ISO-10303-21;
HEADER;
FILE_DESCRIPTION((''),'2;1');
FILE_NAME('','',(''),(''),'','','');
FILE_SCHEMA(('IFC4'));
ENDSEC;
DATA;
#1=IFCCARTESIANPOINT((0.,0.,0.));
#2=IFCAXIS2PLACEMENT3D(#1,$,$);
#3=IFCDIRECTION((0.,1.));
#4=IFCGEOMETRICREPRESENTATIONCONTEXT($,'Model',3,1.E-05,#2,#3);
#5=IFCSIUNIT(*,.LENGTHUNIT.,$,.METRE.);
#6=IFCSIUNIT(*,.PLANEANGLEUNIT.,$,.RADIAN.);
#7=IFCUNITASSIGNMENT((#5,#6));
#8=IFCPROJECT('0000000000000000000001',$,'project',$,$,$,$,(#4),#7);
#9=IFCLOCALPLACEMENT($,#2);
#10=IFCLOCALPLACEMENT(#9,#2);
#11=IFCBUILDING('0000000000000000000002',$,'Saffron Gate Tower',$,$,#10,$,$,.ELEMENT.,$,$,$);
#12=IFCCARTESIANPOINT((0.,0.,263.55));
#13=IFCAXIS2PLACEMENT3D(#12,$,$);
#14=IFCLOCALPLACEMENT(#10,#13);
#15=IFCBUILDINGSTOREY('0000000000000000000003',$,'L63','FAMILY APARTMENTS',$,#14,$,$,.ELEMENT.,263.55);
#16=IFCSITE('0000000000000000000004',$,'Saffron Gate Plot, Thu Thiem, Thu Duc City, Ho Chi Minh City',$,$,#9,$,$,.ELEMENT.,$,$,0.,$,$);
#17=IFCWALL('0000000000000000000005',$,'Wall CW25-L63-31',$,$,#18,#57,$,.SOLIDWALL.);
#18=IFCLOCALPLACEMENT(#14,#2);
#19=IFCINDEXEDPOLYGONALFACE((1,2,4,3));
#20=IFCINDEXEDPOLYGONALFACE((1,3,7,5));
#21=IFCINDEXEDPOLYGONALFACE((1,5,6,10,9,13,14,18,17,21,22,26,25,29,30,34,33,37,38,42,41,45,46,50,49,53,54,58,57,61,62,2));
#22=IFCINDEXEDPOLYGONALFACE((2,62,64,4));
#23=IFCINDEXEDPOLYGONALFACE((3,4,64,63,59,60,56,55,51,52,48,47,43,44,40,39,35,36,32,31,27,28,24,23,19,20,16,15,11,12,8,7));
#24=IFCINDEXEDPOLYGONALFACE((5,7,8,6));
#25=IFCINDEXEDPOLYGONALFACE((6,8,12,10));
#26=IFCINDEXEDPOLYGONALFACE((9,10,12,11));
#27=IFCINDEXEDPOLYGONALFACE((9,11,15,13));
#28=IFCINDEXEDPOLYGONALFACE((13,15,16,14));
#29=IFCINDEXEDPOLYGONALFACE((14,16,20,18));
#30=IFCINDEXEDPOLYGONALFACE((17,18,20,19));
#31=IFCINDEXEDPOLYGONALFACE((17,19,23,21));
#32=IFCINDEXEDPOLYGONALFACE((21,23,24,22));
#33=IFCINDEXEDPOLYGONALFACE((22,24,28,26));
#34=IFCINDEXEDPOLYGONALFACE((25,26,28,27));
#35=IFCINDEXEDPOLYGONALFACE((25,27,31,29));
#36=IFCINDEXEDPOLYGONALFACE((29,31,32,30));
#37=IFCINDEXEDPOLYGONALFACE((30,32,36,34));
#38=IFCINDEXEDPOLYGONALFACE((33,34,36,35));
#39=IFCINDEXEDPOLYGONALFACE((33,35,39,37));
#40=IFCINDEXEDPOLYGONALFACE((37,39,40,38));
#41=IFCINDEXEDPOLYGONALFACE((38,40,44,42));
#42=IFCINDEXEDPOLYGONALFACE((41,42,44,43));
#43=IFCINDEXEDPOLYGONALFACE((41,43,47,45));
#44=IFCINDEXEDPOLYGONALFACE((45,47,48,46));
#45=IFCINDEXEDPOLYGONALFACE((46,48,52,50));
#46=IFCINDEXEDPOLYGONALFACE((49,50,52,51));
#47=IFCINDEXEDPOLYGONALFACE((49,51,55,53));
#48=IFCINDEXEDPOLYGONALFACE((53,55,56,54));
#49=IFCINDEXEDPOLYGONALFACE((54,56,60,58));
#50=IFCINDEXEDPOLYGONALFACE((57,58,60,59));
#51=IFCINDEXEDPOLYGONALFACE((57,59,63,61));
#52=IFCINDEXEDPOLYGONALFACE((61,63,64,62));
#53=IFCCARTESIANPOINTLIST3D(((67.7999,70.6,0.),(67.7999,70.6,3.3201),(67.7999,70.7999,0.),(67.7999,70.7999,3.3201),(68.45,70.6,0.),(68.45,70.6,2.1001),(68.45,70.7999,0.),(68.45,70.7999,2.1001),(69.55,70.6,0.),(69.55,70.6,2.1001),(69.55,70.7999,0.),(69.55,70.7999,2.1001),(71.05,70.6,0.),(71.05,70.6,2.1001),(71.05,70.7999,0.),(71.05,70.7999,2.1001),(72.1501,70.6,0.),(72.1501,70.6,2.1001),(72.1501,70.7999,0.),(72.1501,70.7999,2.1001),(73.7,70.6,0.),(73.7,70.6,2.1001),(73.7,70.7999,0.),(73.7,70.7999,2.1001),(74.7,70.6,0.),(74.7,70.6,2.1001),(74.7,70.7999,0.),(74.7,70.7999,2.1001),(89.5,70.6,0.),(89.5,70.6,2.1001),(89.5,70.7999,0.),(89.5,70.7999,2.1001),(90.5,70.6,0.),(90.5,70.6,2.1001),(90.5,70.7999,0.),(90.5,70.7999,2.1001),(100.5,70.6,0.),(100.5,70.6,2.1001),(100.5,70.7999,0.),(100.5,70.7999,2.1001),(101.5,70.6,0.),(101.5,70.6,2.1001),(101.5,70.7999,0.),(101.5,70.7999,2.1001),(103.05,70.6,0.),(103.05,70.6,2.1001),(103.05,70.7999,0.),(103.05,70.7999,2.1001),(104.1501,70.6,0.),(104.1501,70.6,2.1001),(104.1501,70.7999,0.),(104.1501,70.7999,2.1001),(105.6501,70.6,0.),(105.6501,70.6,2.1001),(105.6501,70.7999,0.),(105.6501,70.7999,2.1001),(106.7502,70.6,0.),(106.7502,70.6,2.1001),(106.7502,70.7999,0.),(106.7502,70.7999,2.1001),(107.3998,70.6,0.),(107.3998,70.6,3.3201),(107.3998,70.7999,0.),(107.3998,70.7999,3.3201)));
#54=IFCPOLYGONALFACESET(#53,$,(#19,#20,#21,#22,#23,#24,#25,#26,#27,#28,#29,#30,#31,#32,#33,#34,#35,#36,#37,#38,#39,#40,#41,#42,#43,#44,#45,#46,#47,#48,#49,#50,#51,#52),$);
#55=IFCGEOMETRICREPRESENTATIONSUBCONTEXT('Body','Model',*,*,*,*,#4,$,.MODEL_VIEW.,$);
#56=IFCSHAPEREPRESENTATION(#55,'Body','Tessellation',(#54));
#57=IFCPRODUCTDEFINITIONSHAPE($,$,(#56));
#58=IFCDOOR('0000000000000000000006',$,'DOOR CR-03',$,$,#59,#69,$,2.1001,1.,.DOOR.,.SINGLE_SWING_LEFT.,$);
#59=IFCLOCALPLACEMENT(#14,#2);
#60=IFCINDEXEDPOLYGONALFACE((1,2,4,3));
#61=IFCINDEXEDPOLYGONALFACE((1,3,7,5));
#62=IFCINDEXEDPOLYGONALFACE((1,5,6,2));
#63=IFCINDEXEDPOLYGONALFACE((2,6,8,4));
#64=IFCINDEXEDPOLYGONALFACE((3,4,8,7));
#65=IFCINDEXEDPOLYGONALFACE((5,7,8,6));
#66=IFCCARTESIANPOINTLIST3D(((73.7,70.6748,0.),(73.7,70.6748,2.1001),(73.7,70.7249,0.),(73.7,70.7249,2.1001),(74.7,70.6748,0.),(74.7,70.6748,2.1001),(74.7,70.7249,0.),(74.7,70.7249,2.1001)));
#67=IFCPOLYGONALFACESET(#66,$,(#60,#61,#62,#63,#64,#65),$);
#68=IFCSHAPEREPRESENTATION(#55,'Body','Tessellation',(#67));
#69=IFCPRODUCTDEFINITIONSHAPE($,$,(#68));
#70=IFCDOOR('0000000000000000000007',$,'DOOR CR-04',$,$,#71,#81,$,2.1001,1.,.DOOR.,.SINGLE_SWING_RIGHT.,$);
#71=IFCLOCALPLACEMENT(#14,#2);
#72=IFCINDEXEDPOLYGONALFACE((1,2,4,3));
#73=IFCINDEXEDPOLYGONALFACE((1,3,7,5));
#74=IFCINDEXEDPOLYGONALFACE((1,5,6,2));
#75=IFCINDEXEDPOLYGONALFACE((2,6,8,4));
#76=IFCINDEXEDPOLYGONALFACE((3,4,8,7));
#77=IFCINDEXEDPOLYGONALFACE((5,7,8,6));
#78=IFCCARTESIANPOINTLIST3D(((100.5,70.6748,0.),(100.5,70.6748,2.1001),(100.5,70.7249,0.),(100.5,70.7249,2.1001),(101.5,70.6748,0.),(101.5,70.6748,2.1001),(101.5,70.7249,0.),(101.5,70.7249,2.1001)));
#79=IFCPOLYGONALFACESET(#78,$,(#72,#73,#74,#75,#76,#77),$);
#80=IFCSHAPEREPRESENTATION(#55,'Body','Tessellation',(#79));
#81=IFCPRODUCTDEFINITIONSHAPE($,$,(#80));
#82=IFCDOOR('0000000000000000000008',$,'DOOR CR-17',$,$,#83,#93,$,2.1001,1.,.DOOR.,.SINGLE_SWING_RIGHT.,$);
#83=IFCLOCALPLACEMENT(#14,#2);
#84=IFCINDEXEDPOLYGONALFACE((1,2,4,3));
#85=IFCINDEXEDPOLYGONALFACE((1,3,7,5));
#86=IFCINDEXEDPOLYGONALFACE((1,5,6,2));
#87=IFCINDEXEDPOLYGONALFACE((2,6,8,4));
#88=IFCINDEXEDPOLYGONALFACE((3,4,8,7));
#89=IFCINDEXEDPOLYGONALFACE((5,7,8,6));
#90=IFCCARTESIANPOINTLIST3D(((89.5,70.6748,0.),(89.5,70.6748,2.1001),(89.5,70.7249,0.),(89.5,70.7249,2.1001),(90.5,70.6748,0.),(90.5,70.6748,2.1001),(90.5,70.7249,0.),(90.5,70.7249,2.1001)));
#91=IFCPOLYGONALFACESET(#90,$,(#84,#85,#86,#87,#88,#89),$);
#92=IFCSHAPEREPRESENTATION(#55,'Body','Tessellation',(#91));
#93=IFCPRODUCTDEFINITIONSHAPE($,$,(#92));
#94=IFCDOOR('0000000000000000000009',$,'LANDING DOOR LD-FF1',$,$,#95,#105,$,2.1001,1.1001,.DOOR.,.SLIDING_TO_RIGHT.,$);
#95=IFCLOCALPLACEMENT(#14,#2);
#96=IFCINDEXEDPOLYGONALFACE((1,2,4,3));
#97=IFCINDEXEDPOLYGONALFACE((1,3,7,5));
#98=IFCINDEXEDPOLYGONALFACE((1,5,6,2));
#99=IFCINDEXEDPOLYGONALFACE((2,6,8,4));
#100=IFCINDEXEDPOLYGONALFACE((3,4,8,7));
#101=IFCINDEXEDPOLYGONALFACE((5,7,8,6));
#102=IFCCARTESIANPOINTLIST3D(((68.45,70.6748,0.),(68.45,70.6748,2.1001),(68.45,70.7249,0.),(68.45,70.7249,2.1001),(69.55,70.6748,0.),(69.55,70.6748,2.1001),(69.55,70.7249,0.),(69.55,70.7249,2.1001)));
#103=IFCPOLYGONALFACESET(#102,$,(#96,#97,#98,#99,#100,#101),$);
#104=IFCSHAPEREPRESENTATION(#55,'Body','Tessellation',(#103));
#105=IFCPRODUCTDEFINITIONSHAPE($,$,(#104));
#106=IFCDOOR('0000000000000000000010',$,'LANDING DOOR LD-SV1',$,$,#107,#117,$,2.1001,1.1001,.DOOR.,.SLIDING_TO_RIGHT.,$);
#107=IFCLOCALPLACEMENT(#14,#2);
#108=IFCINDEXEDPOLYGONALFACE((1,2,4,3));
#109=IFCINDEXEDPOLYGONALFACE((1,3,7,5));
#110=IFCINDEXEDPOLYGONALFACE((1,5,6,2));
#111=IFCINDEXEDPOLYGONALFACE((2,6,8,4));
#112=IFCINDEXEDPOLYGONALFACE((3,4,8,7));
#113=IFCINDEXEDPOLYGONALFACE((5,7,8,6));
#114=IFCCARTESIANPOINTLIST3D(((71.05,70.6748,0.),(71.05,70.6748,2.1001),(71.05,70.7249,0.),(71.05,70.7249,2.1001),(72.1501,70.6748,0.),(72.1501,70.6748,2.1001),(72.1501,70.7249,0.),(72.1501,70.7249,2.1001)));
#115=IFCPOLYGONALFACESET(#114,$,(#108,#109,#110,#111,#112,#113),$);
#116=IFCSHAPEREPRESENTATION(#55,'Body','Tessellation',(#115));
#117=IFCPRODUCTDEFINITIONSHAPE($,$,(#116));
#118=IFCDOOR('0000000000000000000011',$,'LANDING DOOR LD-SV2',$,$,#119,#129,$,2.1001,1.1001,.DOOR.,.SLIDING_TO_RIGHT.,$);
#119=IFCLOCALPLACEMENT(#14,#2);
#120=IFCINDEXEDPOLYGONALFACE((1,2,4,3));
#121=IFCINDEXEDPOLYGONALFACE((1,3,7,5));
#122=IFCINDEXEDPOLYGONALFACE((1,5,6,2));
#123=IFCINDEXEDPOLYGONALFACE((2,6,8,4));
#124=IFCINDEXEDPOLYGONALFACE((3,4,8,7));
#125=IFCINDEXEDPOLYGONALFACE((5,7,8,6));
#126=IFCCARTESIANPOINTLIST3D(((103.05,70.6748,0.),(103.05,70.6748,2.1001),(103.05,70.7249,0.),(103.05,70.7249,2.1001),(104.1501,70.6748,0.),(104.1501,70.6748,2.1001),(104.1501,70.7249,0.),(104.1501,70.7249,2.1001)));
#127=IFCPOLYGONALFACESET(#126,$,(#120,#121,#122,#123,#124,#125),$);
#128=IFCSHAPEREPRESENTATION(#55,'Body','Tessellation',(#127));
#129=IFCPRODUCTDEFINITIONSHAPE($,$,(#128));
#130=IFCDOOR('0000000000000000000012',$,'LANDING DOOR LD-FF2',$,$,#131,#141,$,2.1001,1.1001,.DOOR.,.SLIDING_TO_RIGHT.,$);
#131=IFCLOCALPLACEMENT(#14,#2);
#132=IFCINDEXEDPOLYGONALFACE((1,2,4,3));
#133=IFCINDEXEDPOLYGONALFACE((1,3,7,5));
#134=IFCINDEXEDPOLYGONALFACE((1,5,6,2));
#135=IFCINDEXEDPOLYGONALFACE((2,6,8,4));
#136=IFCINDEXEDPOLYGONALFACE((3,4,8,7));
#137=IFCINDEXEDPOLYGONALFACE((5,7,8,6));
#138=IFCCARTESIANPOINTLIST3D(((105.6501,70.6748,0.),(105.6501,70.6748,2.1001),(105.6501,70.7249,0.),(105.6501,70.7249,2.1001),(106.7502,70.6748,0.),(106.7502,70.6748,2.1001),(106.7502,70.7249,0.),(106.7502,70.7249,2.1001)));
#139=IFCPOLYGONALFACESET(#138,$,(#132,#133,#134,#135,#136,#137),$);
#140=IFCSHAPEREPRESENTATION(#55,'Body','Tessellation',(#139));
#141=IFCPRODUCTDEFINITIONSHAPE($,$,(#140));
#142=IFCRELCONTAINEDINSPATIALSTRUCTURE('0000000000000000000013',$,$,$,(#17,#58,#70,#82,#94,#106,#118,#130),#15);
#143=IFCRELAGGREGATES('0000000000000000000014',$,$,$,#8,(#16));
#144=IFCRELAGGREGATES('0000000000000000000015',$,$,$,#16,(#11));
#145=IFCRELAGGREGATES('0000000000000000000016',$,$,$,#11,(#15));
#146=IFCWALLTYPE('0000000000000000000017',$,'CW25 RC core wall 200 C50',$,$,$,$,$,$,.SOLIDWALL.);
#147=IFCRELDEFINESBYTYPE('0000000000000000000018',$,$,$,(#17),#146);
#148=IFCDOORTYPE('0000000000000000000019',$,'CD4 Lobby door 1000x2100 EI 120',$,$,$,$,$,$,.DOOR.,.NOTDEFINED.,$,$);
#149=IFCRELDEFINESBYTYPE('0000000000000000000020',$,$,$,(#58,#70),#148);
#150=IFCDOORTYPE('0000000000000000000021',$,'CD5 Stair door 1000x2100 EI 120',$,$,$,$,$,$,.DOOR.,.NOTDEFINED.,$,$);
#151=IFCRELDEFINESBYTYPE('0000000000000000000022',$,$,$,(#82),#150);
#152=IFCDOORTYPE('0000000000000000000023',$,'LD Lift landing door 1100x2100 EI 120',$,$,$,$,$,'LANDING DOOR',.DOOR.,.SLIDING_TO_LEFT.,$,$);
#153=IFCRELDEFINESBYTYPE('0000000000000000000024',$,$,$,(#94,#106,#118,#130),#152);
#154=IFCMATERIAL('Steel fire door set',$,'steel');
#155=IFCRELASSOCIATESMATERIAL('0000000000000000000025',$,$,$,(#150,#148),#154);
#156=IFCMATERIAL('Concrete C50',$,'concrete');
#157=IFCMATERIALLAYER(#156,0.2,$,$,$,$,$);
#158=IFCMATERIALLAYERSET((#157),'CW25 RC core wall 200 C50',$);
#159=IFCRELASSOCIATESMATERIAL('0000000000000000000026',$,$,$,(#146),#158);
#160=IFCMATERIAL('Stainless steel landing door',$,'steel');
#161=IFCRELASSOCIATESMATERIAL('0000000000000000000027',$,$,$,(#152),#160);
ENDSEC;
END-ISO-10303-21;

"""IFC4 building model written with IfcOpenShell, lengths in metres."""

from ifc_helpers import new_model, si_unit, direction, frame, frame_2d, origin, place, context, subcontext, project, spatial, rectangle, extrude, material, layer, layer_set, type_object, element, fill, save


model = new_model("IFC4")

# Units and contexts
model_context = context("Model", 3, precision=1e-05, world=origin(), true_north=direction((0.0, 1.0)))
body_context = subcontext(model_context, "Body", "Model", "MODEL_VIEW")
ifc_project = project(units=[si_unit("LENGTHUNIT", "METRE"), si_unit("PLANEANGLEUNIT", "RADIAN")], contexts=[model_context])

# Site, building, storey
site_placement = place(None, origin())
site = spatial("IfcSite", under=ifc_project, at=site_placement, Name="Saffron Gate Plot, Thu Thiem, Thu Duc City, Ho Chi Minh City", CompositionType="ELEMENT", RefElevation=0.0)
building_placement = place(site_placement, origin())
building = spatial("IfcBuilding", under=site, at=building_placement, Name="Saffron Gate Tower", CompositionType="ELEMENT")
storey_placement = place(building_placement, frame((0.0, 0.0, 263.55)))
storey = spatial("IfcBuildingStorey", under=building, at=storey_placement, Name="L63", Description="FAMILY APARTMENTS", CompositionType="ELEMENT", Elevation=263.55)

# Shared definitions
ifc_material_1 = material(Name="Concrete C50", Category="concrete")
ifc_material_2 = material(Name="Steel fire door set", Category="steel")

# Wall, openings, doors
door_type_1 = type_object("IfcDoorType", Name="CD5 Stair door 1000x2100 EI 120", OperationType="NOTDEFINED", PredefinedType="DOOR", material=ifc_material_2)
ifc_layer_1 = layer(ifc_material_1, 0.2)
ifc_layer_set_1 = layer_set([ifc_layer_1], Name="CW25 RC core wall 200 C50")
wall_type_1 = type_object("IfcWallType", Name="CW25 RC core wall 200 C50", PredefinedType="SOLIDWALL", material=ifc_layer_set_1)
wall_1_placement = place(storey_placement, frame((67.8, 70.7, 0.0), z_axis=(0.0, 0.0, 1.0), x_axis=(1.0, 0.0, 0.0)))
wall_1 = element("IfcWall", 1, at=wall_1_placement, inside=storey, type_object=wall_type_1, Name="Wall CW25-L63-31", PredefinedType="SOLIDWALL", context=body_context, shape_type="SweptSolid", body=[
    extrude(rectangle(XDim=39.5999, YDim=0.2, at=frame_2d((19.7998, 0.0))), origin(), (0.0, 0.0, 1.0), 3.3201),
])
opening_1_placement = place(wall_1_placement, frame((0.6499, 0.0, 0.0)))
opening_1 = element("IfcOpeningElement", 2, at=opening_1_placement, cuts=wall_1, PredefinedType="OPENING", context=body_context, shape_type="SweptSolid", body=[
    extrude(rectangle(XDim=1.1001, YDim=2.1001, at=frame_2d((0.55, 1.05))), frame((0.0, 0.1099, 0.0), z_axis=(0.0, -1.0, 0.0), x_axis=(1.0, 0.0, 0.0)), (0.0, 0.0, 1.0), 0.22),
])
opening_2_placement = place(wall_1_placement, frame((3.25, 0.0, 0.0)))
opening_2 = element("IfcOpeningElement", 3, at=opening_2_placement, cuts=wall_1, PredefinedType="OPENING", context=body_context, shape_type="SweptSolid", body=[
    extrude(rectangle(XDim=1.1001, YDim=2.1001, at=frame_2d((0.55, 1.05))), frame((0.0, 0.1099, 0.0), z_axis=(0.0, -1.0, 0.0), x_axis=(1.0, 0.0, 0.0)), (0.0, 0.0, 1.0), 0.22),
])
opening_3_placement = place(wall_1_placement, frame((5.8999, 0.0, 0.0)))
opening_3 = element("IfcOpeningElement", 4, at=opening_3_placement, cuts=wall_1, PredefinedType="OPENING", context=body_context, shape_type="SweptSolid", body=[
    extrude(rectangle(XDim=1.0, YDim=2.1001, at=frame_2d((0.5, 1.05))), frame((0.0, 0.1099, 0.0), z_axis=(0.0, -1.0, 0.0), x_axis=(1.0, 0.0, 0.0)), (0.0, 0.0, 1.0), 0.22),
])
opening_4_placement = place(wall_1_placement, frame((21.7, 0.0, 0.0)))
opening_4 = element("IfcOpeningElement", 5, at=opening_4_placement, cuts=wall_1, PredefinedType="OPENING", context=body_context, shape_type="SweptSolid", body=[
    extrude(rectangle(XDim=1.0, YDim=2.1001, at=frame_2d((0.5, 1.05))), frame((0.0, 0.1099, 0.0), z_axis=(0.0, -1.0, 0.0), x_axis=(1.0, 0.0, 0.0)), (0.0, 0.0, 1.0), 0.22),
])
opening_5_placement = place(wall_1_placement, frame((32.7, 0.0, 0.0)))
opening_5 = element("IfcOpeningElement", 6, at=opening_5_placement, cuts=wall_1, PredefinedType="OPENING", context=body_context, shape_type="SweptSolid", body=[
    extrude(rectangle(XDim=1.0, YDim=2.1001, at=frame_2d((0.5, 1.05))), frame((0.0, 0.1099, 0.0), z_axis=(0.0, -1.0, 0.0), x_axis=(1.0, 0.0, 0.0)), (0.0, 0.0, 1.0), 0.22),
])
opening_6_placement = place(wall_1_placement, frame((35.25, 0.0, 0.0)))
opening_6 = element("IfcOpeningElement", 7, at=opening_6_placement, cuts=wall_1, PredefinedType="OPENING", context=body_context, shape_type="SweptSolid", body=[
    extrude(rectangle(XDim=1.1001, YDim=2.1001, at=frame_2d((0.55, 1.05))), frame((0.0, 0.1099, 0.0), z_axis=(0.0, -1.0, 0.0), x_axis=(1.0, 0.0, 0.0)), (0.0, 0.0, 1.0), 0.22),
])
opening_7_placement = place(wall_1_placement, frame((37.8501, 0.0, 0.0)))
opening_7 = element("IfcOpeningElement", 8, at=opening_7_placement, cuts=wall_1, PredefinedType="OPENING", context=body_context, shape_type="SweptSolid", body=[
    extrude(rectangle(XDim=1.1001, YDim=2.1001, at=frame_2d((0.55, 1.05))), frame((0.0, 0.1099, 0.0), z_axis=(0.0, -1.0, 0.0), x_axis=(1.0, 0.0, 0.0)), (0.0, 0.0, 1.0), 0.22),
])
door_type_2 = type_object("IfcDoorType", Name="CD4 Lobby door 1000x2100 EI 120", OperationType="NOTDEFINED", PredefinedType="DOOR", material=ifc_material_2)
door_1_placement = place(opening_3_placement, origin())
door_1 = element("IfcDoor", 9, at=door_1_placement, inside=storey, type_object=door_type_2, Name="DOOR CR-03", OperationType="SINGLE_SWING_LEFT", OverallHeight=2.1001, OverallWidth=1.0, PredefinedType="DOOR", context=body_context, shape_type="SweptSolid", body=[
    extrude(rectangle(XDim=1.0, YDim=2.1001, at=frame_2d((0.5, 1.05))), frame((0.0, 0.0249, 0.0), z_axis=(0.0, -1.0, 0.0), x_axis=(1.0, 0.0, 0.0)), (0.0, 0.0, 1.0), 0.05),
])
fill(opening_3, door_1)
door_2_placement = place(opening_5_placement, origin())
door_2 = element("IfcDoor", 10, at=door_2_placement, inside=storey, type_object=door_type_2, Name="DOOR CR-04", OperationType="SINGLE_SWING_RIGHT", OverallHeight=2.1001, OverallWidth=1.0, PredefinedType="DOOR", context=body_context, shape_type="SweptSolid", body=[
    extrude(rectangle(XDim=1.0, YDim=2.1001, at=frame_2d((0.5, 1.05))), frame((0.0, 0.0249, 0.0), z_axis=(0.0, -1.0, 0.0), x_axis=(1.0, 0.0, 0.0)), (0.0, 0.0, 1.0), 0.05),
])
fill(opening_5, door_2)
door_3_placement = place(opening_4_placement, origin())
door_3 = element("IfcDoor", 11, at=door_3_placement, inside=storey, type_object=door_type_1, Name="DOOR CR-17", OperationType="SINGLE_SWING_RIGHT", OverallHeight=2.1001, OverallWidth=1.0, PredefinedType="DOOR", context=body_context, shape_type="SweptSolid", body=[
    extrude(rectangle(XDim=1.0, YDim=2.1001, at=frame_2d((0.5, 1.05))), frame((0.0, 0.0249, 0.0), z_axis=(0.0, -1.0, 0.0), x_axis=(1.0, 0.0, 0.0)), (0.0, 0.0, 1.0), 0.05),
])
fill(opening_4, door_3)
ifc_material_3 = material(Name="Stainless steel landing door", Category="steel")
door_type_3 = type_object("IfcDoorType", Name="LD Lift landing door 1100x2100 EI 120", ElementType="LANDING DOOR", OperationType="SLIDING_TO_LEFT", PredefinedType="DOOR", material=ifc_material_3)
door_4_placement = place(opening_1_placement, origin())
door_4 = element("IfcDoor", 12, at=door_4_placement, inside=storey, type_object=door_type_3, Name="LANDING DOOR LD-FF1", OperationType="SLIDING_TO_RIGHT", OverallHeight=2.1001, OverallWidth=1.1001, PredefinedType="DOOR", context=body_context, shape_type="SweptSolid", body=[
    extrude(rectangle(XDim=1.1001, YDim=2.1001, at=frame_2d((0.55, 1.05))), frame((0.0, 0.0249, 0.0), z_axis=(0.0, -1.0, 0.0), x_axis=(1.0, 0.0, 0.0)), (0.0, 0.0, 1.0), 0.05),
])
fill(opening_1, door_4)
door_5_placement = place(opening_2_placement, origin())
door_5 = element("IfcDoor", 13, at=door_5_placement, inside=storey, type_object=door_type_3, Name="LANDING DOOR LD-SV1", OperationType="SLIDING_TO_RIGHT", OverallHeight=2.1001, OverallWidth=1.1001, PredefinedType="DOOR", context=body_context, shape_type="SweptSolid", body=[
    extrude(rectangle(XDim=1.1001, YDim=2.1001, at=frame_2d((0.55, 1.05))), frame((0.0, 0.0249, 0.0), z_axis=(0.0, -1.0, 0.0), x_axis=(1.0, 0.0, 0.0)), (0.0, 0.0, 1.0), 0.05),
])
fill(opening_2, door_5)
door_6_placement = place(opening_6_placement, origin())
door_6 = element("IfcDoor", 14, at=door_6_placement, inside=storey, type_object=door_type_3, Name="LANDING DOOR LD-SV2", OperationType="SLIDING_TO_RIGHT", OverallHeight=2.1001, OverallWidth=1.1001, PredefinedType="DOOR", context=body_context, shape_type="SweptSolid", body=[
    extrude(rectangle(XDim=1.1001, YDim=2.1001, at=frame_2d((0.55, 1.05))), frame((0.0, 0.0249, 0.0), z_axis=(0.0, -1.0, 0.0), x_axis=(1.0, 0.0, 0.0)), (0.0, 0.0, 1.0), 0.05),
])
fill(opening_6, door_6)
door_7_placement = place(opening_7_placement, origin())
door_7 = element("IfcDoor", 15, at=door_7_placement, inside=storey, type_object=door_type_3, Name="LANDING DOOR LD-FF2", OperationType="SLIDING_TO_RIGHT", OverallHeight=2.1001, OverallWidth=1.1001, PredefinedType="DOOR", context=body_context, shape_type="SweptSolid", body=[
    extrude(rectangle(XDim=1.1001, YDim=2.1001, at=frame_2d((0.55, 1.05))), frame((0.0, 0.0249, 0.0), z_axis=(0.0, -1.0, 0.0), x_axis=(1.0, 0.0, 0.0)), (0.0, 0.0, 1.0), 0.05),
])
fill(opening_7, door_7)

save(model, "model.ifc")
